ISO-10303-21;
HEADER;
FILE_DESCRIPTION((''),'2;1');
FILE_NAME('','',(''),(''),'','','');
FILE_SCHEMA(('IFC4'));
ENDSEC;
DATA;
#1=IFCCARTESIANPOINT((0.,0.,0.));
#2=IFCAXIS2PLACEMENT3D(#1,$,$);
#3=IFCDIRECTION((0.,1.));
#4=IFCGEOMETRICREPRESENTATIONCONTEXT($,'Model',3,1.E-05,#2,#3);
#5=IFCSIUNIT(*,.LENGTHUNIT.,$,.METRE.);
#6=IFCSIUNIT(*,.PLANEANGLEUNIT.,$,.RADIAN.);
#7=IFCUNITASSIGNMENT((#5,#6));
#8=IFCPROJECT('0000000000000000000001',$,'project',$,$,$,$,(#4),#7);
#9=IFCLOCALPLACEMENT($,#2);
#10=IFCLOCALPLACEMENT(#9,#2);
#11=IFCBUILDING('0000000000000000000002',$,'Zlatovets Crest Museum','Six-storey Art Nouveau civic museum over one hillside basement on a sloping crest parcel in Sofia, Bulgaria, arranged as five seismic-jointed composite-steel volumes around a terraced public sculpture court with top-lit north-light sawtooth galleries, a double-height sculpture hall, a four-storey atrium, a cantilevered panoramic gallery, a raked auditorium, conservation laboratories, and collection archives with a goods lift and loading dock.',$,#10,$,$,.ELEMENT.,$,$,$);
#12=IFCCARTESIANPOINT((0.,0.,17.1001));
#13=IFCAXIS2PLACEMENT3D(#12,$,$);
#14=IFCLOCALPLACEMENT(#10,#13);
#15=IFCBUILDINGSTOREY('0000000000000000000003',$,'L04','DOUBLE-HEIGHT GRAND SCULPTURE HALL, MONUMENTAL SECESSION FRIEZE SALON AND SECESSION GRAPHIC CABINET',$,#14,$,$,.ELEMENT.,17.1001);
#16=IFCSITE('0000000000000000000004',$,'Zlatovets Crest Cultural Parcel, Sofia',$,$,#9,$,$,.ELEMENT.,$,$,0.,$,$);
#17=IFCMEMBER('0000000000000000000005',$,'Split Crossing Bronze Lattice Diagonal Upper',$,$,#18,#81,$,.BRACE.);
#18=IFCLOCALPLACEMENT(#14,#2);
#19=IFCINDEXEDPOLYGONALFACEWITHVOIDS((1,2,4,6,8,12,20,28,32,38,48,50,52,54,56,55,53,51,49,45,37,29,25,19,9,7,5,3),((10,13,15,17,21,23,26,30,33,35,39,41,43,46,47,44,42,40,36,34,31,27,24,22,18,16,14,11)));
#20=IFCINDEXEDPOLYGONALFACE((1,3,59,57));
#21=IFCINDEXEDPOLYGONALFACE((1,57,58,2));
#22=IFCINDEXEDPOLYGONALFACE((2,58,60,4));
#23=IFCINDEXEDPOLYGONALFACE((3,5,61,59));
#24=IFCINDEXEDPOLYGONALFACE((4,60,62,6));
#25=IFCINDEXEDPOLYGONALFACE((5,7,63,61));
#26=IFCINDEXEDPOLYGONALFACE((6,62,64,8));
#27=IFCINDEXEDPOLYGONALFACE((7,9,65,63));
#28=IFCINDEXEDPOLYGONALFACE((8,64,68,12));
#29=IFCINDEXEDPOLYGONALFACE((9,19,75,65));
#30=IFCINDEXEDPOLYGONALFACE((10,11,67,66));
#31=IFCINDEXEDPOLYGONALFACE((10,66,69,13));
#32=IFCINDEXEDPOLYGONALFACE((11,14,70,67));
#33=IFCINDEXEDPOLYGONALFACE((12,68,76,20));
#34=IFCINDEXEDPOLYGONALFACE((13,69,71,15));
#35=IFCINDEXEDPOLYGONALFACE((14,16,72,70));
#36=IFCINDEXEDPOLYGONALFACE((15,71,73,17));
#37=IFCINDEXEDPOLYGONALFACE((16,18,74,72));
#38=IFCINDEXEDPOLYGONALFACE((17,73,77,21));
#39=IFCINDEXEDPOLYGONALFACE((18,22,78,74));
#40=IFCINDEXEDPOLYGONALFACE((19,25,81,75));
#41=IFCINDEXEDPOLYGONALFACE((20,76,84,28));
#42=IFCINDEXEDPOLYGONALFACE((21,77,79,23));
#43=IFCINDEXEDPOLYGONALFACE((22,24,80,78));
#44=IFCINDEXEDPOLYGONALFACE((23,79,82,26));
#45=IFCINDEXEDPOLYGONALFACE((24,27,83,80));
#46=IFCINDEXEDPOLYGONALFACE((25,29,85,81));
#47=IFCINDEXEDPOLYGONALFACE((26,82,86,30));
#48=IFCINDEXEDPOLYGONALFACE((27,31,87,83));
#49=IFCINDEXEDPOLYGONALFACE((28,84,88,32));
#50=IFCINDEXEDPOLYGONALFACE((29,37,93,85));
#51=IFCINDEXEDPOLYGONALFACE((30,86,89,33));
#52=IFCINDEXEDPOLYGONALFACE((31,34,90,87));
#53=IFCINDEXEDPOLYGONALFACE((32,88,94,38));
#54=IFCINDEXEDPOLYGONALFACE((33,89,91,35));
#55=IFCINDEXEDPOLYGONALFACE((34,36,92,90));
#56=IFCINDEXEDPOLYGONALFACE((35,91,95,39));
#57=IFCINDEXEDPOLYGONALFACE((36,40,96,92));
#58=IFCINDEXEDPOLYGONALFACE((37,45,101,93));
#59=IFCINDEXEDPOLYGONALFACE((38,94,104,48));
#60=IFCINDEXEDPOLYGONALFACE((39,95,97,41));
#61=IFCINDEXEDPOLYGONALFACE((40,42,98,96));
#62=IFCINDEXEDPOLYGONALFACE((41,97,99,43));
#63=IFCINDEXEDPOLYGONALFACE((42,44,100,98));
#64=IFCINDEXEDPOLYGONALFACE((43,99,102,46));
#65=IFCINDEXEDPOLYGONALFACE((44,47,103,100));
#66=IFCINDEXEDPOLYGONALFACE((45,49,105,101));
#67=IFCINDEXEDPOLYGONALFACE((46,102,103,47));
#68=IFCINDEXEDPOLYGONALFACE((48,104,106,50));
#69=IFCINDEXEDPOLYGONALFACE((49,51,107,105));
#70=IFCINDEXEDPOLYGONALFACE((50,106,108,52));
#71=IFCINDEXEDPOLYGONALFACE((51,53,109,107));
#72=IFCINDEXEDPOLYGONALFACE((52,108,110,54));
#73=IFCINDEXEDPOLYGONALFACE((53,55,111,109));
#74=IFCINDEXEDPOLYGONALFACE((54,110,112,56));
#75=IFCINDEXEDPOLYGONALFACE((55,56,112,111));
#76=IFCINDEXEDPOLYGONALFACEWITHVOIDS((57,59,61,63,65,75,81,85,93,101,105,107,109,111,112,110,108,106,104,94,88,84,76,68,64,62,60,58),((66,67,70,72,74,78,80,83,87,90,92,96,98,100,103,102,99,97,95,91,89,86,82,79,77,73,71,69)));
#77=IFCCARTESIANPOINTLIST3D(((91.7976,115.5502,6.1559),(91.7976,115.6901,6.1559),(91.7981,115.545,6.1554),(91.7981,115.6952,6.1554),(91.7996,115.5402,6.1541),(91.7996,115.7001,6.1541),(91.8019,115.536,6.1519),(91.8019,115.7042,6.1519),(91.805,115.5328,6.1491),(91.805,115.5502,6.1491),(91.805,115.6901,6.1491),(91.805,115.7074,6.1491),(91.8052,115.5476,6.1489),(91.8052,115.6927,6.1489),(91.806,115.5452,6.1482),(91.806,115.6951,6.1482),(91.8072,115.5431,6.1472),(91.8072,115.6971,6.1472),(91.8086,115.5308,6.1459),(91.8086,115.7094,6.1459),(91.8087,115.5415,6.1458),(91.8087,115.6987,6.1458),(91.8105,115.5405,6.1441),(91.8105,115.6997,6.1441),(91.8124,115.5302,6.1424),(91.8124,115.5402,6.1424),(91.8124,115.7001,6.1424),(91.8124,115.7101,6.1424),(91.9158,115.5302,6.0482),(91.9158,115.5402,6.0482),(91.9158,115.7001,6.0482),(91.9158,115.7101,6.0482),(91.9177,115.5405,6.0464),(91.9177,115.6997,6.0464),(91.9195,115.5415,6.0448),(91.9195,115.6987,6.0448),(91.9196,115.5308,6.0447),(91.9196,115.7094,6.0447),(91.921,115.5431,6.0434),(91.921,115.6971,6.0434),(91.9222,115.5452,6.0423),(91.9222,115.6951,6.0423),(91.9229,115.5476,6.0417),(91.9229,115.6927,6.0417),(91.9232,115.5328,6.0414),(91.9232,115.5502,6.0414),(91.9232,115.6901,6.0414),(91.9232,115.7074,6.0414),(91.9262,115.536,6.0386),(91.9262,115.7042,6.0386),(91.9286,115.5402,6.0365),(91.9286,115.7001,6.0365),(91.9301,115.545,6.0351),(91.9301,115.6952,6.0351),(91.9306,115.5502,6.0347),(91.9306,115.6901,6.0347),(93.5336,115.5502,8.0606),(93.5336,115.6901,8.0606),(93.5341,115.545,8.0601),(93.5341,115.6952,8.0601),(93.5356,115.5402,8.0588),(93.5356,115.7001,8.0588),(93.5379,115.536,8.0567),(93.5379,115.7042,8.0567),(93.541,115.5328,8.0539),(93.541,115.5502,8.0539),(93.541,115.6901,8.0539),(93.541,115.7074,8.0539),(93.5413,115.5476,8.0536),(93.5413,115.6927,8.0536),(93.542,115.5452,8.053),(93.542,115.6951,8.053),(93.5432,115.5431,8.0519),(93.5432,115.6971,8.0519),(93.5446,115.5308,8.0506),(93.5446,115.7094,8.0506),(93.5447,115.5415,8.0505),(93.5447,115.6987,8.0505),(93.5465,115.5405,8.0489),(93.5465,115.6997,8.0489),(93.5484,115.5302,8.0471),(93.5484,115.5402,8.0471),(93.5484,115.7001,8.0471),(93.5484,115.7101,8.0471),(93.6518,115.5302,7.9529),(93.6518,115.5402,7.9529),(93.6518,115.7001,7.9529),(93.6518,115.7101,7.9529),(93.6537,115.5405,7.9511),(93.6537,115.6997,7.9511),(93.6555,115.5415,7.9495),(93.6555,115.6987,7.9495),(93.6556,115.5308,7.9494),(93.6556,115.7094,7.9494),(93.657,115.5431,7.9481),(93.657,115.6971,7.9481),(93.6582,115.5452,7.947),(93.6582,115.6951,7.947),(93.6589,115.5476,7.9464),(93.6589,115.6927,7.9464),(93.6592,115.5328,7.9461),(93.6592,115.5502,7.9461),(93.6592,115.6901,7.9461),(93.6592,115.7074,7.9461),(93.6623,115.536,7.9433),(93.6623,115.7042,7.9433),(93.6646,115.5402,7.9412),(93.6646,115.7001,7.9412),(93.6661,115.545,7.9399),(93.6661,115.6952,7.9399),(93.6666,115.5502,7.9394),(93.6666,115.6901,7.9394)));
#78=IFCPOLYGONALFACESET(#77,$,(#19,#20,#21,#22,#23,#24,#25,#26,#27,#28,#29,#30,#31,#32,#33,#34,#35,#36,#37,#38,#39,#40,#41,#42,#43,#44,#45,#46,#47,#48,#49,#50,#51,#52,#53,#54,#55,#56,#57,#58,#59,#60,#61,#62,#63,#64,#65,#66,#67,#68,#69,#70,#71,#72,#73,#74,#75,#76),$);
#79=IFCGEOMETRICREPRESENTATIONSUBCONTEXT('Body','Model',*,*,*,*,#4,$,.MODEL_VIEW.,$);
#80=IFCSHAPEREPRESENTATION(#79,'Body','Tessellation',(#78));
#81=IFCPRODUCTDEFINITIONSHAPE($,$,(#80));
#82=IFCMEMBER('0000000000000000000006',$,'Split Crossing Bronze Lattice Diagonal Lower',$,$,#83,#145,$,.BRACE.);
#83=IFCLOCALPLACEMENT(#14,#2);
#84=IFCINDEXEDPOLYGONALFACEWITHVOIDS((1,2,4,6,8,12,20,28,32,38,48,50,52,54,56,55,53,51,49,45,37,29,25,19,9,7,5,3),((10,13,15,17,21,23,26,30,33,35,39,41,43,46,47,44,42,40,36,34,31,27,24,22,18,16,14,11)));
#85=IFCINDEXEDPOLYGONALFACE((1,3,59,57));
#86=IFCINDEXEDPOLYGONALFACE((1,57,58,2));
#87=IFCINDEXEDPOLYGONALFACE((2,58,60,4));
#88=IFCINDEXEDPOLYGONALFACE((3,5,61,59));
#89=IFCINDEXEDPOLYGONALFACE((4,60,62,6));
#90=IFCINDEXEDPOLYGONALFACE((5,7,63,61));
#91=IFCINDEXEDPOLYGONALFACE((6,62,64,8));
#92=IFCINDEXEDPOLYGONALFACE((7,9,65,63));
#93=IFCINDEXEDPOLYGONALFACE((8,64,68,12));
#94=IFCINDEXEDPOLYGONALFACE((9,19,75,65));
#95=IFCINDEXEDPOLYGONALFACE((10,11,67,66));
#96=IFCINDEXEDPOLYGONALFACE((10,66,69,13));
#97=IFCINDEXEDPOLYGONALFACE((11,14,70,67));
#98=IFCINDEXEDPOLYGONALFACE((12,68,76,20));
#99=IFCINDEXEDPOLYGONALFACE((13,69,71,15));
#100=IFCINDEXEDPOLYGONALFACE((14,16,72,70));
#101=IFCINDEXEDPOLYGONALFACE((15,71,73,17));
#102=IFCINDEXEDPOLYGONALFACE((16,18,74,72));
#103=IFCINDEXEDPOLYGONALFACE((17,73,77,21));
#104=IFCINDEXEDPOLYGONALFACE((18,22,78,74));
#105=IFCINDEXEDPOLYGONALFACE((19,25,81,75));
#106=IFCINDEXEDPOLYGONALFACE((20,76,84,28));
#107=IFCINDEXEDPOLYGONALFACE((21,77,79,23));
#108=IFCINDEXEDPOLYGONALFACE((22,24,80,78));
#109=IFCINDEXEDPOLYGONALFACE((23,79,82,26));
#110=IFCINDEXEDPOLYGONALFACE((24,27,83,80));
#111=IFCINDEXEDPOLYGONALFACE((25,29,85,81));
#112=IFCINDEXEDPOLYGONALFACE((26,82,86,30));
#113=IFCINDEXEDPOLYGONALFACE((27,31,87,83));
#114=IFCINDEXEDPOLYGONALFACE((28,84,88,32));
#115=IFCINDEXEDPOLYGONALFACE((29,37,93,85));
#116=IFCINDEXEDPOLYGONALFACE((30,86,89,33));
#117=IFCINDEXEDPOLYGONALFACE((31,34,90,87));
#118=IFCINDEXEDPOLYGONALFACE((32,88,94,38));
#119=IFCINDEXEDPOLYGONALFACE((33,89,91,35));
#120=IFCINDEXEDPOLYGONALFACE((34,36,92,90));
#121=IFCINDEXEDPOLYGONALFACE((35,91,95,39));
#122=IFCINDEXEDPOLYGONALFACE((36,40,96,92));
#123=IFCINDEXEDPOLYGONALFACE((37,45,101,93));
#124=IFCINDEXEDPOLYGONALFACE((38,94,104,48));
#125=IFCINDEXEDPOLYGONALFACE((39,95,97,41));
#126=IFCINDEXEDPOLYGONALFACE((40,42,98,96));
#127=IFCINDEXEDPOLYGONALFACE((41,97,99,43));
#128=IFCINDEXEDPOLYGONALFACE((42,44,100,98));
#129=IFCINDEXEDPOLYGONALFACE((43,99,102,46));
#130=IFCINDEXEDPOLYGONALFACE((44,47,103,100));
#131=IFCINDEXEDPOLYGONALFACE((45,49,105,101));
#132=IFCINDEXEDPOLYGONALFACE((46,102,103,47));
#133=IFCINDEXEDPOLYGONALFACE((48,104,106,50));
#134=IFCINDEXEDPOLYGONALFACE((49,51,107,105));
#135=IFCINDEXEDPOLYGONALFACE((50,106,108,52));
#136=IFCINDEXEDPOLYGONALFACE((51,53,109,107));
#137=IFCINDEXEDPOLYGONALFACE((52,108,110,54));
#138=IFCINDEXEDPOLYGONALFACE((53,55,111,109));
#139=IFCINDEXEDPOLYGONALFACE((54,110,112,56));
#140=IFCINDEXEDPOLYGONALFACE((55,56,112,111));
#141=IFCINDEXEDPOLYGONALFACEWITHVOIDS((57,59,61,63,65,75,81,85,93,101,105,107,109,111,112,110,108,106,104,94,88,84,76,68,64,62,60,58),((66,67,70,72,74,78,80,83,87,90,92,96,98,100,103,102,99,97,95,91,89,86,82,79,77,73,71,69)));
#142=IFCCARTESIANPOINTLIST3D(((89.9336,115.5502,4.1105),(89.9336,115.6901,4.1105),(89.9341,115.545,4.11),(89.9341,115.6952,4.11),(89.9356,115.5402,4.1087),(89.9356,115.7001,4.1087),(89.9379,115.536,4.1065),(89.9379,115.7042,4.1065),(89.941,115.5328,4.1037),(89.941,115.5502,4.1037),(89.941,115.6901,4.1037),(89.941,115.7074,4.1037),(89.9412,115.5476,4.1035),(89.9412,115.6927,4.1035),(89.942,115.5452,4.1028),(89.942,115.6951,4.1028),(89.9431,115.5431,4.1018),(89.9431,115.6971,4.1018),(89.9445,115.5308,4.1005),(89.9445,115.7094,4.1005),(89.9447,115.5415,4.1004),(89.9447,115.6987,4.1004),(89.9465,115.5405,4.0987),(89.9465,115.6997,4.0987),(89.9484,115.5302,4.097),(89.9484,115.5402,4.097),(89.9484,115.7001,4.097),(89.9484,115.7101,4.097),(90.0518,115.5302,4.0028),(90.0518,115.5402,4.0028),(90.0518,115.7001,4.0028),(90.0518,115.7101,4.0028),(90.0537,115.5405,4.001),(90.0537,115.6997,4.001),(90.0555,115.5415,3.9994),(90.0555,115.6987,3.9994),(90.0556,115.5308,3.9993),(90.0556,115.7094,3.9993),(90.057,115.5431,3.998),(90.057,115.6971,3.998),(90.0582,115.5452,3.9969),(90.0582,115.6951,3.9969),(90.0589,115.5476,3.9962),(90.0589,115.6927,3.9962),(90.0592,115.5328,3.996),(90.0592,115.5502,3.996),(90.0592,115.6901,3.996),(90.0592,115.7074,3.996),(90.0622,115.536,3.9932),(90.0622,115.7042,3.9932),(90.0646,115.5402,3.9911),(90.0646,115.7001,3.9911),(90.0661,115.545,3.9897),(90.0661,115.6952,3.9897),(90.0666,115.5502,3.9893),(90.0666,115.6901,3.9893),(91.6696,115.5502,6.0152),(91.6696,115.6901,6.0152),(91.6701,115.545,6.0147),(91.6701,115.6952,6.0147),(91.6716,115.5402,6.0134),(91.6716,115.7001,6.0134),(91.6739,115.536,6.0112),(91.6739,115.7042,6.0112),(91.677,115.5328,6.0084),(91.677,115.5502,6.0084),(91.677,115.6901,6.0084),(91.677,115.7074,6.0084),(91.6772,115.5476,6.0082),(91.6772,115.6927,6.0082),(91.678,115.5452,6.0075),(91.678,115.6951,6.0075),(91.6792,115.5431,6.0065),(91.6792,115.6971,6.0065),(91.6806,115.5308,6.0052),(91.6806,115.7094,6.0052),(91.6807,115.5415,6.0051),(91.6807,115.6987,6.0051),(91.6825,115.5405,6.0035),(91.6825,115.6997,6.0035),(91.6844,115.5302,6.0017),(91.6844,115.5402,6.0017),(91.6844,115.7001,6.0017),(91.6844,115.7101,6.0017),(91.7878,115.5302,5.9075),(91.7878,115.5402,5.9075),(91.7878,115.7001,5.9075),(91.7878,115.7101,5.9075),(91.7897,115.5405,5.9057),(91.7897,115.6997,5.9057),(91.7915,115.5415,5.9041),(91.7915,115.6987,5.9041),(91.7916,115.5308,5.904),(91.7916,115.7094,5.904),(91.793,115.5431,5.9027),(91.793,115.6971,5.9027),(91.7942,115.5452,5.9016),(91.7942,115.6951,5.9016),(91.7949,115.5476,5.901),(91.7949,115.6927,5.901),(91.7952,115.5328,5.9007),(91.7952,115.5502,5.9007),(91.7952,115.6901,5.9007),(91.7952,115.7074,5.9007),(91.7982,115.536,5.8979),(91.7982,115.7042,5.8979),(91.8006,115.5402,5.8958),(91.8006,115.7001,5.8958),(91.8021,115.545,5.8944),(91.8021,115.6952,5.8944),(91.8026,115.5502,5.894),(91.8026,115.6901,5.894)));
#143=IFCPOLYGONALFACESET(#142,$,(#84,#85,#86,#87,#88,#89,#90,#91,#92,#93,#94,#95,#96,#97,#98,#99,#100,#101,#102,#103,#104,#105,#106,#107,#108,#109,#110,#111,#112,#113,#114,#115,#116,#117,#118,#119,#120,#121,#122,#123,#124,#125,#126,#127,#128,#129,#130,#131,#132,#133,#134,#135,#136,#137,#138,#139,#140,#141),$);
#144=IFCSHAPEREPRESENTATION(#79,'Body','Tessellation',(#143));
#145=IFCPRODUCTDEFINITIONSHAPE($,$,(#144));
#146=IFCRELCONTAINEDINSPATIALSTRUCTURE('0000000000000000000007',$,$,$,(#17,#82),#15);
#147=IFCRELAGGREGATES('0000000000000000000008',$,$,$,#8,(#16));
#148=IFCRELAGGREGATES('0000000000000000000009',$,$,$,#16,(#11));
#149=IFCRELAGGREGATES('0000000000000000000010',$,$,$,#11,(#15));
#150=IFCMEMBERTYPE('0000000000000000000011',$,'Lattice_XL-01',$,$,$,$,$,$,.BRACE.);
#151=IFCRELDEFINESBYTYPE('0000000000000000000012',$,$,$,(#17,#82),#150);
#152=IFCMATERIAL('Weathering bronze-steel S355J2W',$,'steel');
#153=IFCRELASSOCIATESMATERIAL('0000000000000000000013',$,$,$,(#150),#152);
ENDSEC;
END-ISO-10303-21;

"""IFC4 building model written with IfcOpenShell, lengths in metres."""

from ifc_helpers import new_model, si_unit, direction, frame, origin, origin_2d, place, context, subcontext, project, spatial, hollow_rectangle, extrude, material, material_profile, profile_set, type_object, element, save


model = new_model("IFC4")

# Units and contexts
model_context = context("Model", 3, precision=1e-05, world=origin(), true_north=direction((0.0, 1.0)))
body_context = subcontext(model_context, "Body", "Model", "MODEL_VIEW")
ifc_project = project(units=[si_unit("LENGTHUNIT", "METRE"), si_unit("PLANEANGLEUNIT", "RADIAN")], contexts=[model_context])

# Site, building, storey
site_placement = place(None, origin())
site = spatial("IfcSite", under=ifc_project, at=site_placement, Name="Zlatovets Crest Cultural Parcel, Sofia", CompositionType="ELEMENT", RefElevation=0.0)
building_placement = place(site_placement, origin())
building = spatial("IfcBuilding", under=site, at=building_placement, Name="Zlatovets Crest Museum", Description="Six-storey Art Nouveau civic museum over one hillside basement on a sloping crest parcel in Sofia, Bulgaria, arranged as five seismic-jointed composite-steel volumes around a terraced public sculpture court with top-lit north-light sawtooth galleries, a double-height sculpture hall, a four-storey atrium, a cantilevered panoramic gallery, a raked auditorium, conservation laboratories, and collection archives with a goods lift and loading dock.", CompositionType="ELEMENT")
storey_placement = place(building_placement, frame((0.0, 0.0, 17.1001)))
storey = spatial("IfcBuildingStorey", under=building, at=storey_placement, Name="L04", Description="DOUBLE-HEIGHT GRAND SCULPTURE HALL, MONUMENTAL SECESSION FRIEZE SALON AND SECESSION GRAPHIC CABINET", CompositionType="ELEMENT", Elevation=17.1001)

# Members
ifc_material_1 = material(Name="Weathering bronze-steel S355J2W", Category="steel")
ifc_material_profile_1 = material_profile(ifc_material_1, hollow_rectangle(XDim=0.1799, YDim=0.1799, WallThickness=0.01, InnerFilletRadius=0.01, OuterFilletRadius=0.02, at=origin_2d()), Name="SHS 180x180x10.0")
ifc_profile_set_1 = profile_set([ifc_material_profile_1], Name="Weathering bronze-steel S355J2W")
member_type_1 = type_object("IfcMemberType", Name="Lattice_XL-01", PredefinedType="BRACE", material=ifc_profile_set_1)
for number, where, z_axis, x_axis, name in (
    (1, (93.6001, 115.6201, 8.0), (-0.67362, 0.0, -0.739078), (0.0, -1.0, 0.0), "Split Crossing Bronze Lattice Diagonal Upper"),
    (2, (91.7361, 115.6201, 5.9546), (-0.67362, 0.0, -0.739078), (0.0, -1.0, 0.0), "Split Crossing Bronze Lattice Diagonal Lower"),
):
    element("IfcMember", number, at=place(storey_placement, frame(where, z_axis=z_axis, x_axis=x_axis)), inside=storey, type_object=member_type_1, Name=name, PredefinedType="BRACE", context=body_context, shape_type="SweptSolid", body=[
        extrude(hollow_rectangle(XDim=0.1799, YDim=0.1799, WallThickness=0.01, InnerFilletRadius=0.01, OuterFilletRadius=0.02, at=origin_2d()), origin(), (0.0, 0.0, 1.0), 2.5771),
    ])

save(model, "model.ifc")
